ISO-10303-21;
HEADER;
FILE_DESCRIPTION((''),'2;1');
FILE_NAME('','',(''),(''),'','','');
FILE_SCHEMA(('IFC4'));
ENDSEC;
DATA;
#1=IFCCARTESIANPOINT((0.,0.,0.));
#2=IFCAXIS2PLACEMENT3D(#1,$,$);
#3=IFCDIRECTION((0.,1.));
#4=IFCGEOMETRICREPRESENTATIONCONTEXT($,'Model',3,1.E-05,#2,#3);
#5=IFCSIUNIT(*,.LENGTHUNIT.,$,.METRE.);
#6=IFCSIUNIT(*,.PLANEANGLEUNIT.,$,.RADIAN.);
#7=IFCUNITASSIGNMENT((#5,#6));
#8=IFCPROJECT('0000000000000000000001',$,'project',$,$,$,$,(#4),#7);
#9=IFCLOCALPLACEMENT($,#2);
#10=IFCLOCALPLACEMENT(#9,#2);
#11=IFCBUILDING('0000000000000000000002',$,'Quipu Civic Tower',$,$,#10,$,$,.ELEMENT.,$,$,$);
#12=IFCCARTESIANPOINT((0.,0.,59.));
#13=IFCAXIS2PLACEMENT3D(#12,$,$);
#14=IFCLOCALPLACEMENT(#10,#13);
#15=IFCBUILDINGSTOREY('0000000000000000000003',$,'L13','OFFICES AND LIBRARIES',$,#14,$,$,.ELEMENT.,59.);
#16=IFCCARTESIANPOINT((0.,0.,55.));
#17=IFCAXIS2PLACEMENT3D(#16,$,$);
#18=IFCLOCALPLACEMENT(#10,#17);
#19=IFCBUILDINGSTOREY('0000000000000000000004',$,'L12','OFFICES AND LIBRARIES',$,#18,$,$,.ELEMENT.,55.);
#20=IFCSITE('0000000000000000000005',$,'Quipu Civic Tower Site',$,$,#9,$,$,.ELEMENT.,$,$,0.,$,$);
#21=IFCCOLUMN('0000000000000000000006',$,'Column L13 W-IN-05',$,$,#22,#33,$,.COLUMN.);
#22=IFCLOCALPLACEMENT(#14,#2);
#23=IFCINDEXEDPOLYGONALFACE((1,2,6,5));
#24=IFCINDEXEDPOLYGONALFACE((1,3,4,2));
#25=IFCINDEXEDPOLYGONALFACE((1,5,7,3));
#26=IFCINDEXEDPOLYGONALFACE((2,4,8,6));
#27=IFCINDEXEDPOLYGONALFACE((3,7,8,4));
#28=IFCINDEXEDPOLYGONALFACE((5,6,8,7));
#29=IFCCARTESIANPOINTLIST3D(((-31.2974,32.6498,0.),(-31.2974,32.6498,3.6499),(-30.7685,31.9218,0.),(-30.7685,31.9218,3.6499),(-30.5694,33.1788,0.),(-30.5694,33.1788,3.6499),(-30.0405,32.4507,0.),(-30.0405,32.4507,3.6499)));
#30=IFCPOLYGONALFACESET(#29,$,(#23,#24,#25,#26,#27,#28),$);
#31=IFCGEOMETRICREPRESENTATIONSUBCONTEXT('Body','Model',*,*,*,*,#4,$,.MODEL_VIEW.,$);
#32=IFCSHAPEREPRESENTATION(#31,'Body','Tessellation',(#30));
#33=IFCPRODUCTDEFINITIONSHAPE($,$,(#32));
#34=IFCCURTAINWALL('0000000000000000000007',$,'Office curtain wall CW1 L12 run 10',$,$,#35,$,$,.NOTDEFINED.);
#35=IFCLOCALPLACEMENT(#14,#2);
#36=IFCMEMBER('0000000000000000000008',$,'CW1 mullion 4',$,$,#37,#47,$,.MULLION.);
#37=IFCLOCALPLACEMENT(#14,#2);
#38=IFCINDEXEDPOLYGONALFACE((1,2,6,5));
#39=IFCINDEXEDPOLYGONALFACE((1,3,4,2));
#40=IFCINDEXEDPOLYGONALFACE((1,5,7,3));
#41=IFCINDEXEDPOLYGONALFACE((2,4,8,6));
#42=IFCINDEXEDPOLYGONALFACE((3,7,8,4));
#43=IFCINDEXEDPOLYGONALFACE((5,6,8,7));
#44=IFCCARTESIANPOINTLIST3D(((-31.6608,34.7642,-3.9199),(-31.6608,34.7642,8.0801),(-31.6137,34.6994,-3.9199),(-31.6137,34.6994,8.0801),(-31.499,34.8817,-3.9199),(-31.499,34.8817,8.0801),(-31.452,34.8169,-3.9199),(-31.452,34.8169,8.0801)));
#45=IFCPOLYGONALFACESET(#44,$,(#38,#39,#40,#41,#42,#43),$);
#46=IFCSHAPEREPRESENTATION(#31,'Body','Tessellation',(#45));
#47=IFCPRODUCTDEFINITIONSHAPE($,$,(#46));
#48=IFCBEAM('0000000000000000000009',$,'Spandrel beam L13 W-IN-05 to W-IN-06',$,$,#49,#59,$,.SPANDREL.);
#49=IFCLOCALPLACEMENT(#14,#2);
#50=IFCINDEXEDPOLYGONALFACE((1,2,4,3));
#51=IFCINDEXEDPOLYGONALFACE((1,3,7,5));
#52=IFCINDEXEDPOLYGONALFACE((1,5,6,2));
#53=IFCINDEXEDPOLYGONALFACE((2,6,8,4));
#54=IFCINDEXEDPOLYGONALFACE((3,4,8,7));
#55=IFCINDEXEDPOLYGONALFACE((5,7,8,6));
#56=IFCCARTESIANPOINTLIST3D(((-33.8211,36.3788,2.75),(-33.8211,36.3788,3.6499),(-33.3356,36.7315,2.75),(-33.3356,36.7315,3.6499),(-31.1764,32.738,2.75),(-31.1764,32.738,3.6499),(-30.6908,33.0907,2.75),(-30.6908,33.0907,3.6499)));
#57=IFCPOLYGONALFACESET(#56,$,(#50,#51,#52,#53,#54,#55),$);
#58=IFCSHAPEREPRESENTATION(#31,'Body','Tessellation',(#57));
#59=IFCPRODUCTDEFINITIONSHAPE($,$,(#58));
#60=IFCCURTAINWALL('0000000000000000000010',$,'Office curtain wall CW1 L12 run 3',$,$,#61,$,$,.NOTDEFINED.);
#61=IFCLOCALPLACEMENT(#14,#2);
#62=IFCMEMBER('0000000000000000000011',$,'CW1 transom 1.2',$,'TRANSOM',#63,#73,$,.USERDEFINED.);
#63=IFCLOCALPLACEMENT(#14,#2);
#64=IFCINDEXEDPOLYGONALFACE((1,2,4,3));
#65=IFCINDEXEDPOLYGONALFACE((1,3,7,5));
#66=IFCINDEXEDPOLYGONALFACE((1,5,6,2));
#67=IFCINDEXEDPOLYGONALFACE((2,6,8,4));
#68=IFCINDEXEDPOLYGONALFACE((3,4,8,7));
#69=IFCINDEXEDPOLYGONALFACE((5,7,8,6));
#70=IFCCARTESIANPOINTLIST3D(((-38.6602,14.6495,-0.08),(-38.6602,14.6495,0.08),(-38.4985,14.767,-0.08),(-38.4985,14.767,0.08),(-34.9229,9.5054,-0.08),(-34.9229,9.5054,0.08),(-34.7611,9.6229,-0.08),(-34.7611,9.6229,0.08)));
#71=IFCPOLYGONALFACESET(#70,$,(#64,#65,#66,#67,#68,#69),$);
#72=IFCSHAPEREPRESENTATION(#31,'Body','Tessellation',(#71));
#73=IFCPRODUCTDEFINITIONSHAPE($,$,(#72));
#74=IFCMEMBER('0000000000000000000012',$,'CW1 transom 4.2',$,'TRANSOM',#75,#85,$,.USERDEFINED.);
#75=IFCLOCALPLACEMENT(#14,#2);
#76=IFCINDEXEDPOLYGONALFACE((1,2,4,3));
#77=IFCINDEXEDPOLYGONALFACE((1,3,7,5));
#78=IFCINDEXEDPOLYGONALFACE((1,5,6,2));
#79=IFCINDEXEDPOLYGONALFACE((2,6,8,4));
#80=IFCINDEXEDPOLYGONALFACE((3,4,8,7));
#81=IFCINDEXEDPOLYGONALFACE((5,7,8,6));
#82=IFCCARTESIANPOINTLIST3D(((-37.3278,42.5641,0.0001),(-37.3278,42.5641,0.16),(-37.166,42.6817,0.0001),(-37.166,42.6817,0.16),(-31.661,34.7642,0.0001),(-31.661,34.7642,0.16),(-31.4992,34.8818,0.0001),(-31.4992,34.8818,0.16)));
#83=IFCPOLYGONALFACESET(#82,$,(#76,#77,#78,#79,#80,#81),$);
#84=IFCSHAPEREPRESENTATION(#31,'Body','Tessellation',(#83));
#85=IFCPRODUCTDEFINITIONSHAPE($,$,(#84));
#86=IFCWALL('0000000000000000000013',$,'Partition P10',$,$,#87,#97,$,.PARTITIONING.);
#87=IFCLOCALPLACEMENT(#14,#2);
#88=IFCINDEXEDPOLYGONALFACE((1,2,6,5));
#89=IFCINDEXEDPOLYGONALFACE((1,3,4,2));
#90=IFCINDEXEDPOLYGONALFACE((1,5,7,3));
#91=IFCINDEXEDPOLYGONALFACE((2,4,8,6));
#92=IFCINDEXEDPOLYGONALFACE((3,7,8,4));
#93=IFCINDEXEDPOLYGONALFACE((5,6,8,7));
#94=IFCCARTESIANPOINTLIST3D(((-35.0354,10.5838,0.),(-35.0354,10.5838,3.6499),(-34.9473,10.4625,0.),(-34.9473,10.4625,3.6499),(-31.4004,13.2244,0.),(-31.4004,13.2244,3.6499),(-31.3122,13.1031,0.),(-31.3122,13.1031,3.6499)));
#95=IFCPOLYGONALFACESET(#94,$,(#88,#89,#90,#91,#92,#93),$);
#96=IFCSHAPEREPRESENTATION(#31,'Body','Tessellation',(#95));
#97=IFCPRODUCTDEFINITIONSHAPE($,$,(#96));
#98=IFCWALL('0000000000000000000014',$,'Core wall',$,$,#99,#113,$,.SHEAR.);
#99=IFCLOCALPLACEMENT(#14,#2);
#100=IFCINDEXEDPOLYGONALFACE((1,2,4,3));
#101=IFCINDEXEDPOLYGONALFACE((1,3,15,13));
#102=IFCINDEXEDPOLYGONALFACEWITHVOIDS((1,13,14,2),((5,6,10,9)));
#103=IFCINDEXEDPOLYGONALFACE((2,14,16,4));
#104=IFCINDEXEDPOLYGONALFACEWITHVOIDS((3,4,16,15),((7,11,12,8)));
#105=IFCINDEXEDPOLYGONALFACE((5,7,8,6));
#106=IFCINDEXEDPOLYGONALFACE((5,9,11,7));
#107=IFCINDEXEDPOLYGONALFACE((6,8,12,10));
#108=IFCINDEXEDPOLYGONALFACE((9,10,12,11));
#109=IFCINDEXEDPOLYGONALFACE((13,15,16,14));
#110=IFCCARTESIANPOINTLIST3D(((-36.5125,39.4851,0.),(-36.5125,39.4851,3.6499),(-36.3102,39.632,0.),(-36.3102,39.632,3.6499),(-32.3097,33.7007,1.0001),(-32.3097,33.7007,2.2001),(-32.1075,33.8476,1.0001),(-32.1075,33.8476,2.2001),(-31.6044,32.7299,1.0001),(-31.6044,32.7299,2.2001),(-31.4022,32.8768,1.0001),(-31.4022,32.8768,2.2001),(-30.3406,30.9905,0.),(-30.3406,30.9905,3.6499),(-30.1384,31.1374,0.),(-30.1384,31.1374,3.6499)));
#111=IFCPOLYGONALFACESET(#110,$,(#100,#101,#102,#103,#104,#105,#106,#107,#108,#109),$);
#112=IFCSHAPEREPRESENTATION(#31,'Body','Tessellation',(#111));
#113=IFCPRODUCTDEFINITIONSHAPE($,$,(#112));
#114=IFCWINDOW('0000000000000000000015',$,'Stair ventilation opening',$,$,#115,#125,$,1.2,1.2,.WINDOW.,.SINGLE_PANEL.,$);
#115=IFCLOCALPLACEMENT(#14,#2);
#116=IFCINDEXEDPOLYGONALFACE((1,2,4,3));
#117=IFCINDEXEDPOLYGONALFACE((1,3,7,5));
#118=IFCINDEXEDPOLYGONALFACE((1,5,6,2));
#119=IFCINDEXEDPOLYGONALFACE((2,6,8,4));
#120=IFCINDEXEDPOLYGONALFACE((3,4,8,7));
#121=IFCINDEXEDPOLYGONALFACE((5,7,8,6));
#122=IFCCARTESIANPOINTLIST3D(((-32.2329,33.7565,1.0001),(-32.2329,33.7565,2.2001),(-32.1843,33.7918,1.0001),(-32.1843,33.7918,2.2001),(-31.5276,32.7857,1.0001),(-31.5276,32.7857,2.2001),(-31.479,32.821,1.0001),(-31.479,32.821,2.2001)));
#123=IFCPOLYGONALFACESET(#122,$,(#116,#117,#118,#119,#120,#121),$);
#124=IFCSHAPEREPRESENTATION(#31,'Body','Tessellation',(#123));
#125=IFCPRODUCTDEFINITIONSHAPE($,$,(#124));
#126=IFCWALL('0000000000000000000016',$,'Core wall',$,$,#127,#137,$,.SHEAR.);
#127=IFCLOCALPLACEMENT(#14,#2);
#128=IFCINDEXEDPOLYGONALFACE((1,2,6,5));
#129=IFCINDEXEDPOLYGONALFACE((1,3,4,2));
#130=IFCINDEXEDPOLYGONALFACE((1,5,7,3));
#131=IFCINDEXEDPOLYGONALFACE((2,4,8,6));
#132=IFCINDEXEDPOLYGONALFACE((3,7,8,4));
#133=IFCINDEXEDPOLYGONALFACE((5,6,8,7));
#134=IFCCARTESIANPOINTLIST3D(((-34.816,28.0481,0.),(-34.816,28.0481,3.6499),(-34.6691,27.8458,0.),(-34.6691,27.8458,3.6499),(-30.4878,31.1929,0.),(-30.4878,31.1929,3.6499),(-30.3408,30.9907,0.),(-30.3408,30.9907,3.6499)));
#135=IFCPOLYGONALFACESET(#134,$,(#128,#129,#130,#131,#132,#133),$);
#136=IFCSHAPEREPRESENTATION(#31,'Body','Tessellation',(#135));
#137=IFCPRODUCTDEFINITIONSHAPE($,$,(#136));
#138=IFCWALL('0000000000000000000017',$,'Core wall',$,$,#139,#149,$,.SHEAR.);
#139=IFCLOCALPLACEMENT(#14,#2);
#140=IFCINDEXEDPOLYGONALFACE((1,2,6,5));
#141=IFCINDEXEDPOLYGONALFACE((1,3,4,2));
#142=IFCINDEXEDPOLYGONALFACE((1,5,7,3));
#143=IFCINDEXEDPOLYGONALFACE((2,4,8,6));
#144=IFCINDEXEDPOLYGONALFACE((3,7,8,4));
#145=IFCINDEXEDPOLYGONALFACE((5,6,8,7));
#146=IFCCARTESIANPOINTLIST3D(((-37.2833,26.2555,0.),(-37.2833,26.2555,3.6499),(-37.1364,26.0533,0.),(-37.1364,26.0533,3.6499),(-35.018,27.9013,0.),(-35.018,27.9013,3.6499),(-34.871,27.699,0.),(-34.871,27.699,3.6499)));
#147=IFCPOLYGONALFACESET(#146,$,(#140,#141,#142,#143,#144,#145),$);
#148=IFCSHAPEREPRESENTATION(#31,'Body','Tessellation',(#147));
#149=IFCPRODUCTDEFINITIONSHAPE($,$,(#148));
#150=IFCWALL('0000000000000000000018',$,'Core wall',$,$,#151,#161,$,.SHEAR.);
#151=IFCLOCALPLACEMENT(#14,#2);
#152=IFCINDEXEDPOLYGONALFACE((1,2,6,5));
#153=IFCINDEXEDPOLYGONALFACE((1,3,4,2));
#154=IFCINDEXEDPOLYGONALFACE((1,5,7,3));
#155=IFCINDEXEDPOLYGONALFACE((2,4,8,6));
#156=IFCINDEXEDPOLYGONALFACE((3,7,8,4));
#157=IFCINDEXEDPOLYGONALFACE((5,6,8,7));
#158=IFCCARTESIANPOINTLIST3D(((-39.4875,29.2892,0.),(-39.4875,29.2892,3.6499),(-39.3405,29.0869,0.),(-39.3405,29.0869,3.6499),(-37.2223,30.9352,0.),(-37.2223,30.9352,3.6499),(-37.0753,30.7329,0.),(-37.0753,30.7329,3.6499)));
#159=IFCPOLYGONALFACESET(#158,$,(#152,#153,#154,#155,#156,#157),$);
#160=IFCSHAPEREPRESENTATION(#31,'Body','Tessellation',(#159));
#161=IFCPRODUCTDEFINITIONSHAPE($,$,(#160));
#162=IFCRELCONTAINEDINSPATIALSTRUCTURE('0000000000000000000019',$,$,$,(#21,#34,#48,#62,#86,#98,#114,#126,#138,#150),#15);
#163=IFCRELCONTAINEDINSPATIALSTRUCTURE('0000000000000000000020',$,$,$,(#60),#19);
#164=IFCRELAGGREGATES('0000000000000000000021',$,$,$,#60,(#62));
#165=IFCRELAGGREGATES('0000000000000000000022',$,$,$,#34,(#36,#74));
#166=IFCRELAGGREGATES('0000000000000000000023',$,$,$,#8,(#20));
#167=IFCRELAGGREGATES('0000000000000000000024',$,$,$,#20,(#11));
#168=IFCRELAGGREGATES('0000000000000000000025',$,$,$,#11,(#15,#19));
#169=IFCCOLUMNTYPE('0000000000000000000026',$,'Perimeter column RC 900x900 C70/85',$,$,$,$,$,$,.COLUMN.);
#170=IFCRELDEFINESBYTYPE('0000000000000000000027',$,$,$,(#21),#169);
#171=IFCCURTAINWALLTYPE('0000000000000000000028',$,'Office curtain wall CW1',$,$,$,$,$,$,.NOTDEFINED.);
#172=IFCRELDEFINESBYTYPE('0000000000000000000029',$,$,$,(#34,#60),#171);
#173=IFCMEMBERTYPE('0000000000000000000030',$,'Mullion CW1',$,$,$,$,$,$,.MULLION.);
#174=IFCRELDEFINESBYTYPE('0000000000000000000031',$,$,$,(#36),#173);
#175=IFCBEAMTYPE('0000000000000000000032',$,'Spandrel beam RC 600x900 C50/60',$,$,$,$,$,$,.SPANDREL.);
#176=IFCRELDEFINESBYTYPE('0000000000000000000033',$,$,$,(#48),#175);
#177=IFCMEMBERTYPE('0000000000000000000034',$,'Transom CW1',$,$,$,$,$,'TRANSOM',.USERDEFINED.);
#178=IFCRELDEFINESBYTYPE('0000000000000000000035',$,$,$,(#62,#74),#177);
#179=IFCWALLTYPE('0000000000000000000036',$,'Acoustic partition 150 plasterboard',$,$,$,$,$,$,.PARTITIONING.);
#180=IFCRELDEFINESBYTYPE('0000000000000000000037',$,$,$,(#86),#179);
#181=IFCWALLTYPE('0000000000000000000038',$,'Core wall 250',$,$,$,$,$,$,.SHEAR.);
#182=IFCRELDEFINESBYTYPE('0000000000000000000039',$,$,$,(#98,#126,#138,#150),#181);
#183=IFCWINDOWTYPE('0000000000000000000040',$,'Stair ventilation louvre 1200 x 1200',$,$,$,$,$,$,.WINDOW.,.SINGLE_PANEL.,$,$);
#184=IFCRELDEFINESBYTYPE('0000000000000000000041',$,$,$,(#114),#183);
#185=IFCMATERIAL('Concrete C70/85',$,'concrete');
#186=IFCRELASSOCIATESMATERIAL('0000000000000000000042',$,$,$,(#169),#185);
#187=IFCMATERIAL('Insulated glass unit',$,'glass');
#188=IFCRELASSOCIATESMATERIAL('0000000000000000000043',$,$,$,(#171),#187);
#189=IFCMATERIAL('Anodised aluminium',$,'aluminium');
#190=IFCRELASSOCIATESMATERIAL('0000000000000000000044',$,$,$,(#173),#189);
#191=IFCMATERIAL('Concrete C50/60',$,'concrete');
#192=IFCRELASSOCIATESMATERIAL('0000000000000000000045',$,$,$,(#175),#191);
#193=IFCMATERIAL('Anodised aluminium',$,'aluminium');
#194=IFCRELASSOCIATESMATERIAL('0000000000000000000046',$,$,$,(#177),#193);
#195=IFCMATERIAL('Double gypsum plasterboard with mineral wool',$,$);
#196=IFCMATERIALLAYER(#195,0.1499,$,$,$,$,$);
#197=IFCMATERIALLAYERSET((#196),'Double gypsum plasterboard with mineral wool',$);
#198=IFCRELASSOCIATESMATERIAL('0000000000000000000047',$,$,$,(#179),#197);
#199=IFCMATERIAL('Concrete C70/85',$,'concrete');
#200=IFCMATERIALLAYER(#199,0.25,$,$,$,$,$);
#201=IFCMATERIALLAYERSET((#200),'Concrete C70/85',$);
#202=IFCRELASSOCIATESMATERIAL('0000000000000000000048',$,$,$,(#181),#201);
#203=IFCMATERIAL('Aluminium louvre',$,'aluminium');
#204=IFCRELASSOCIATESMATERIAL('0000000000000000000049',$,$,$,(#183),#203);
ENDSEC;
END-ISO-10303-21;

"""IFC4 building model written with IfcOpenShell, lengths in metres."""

from ifc_helpers import new_model, si_unit, direction, frame, frame_2d, origin, origin_2d, place, context, subcontext, project, spatial, rectangle, extrude, material, layer, layer_set, material_profile, profile_set, type_object, element, fill, aggregate, save


model = new_model("IFC4")

# Units and contexts
model_context = context("Model", 3, precision=1e-05, world=origin(), true_north=direction((0.0, 1.0)))
body_context = subcontext(model_context, "Body", "Model", "MODEL_VIEW")
ifc_project = project(units=[si_unit("LENGTHUNIT", "METRE"), si_unit("PLANEANGLEUNIT", "RADIAN")], contexts=[model_context])

# Site, building, storey
site_placement = place(None, origin())
site = spatial("IfcSite", under=ifc_project, at=site_placement, Name="Quipu Civic Tower Site", CompositionType="ELEMENT", RefElevation=0.0)
building_placement = place(site_placement, origin())
building = spatial("IfcBuilding", under=site, at=building_placement, Name="Quipu Civic Tower", CompositionType="ELEMENT")
storey_1_placement = place(building_placement, frame((0.0, 0.0, 59.0)))
storey_1 = spatial("IfcBuildingStorey", under=building, at=storey_1_placement, Name="L13", Description="OFFICES AND LIBRARIES", CompositionType="ELEMENT", Elevation=59.0)

# Column
ifc_material_1 = material(Name="Concrete C70/85", Category="concrete")
ifc_material_profile_1 = material_profile(ifc_material_1, rectangle(XDim=0.8999, YDim=0.8999, at=origin_2d()), Name="RC900x900")
ifc_profile_set_1 = profile_set([ifc_material_profile_1], Name="Concrete C70/85")
column_type = type_object("IfcColumnType", Name="Perimeter column RC 900x900 C70/85", PredefinedType="COLUMN", material=ifc_profile_set_1)
column_placement = place(storey_1_placement, frame((-30.6689, 32.5503, 0.0), z_axis=(0.0, 0.0, 1.0), x_axis=(-0.587785, 0.809017, 0.0)))
element("IfcColumn", 1, at=column_placement, inside=storey_1, type_object=column_type, Name="Column L13 W-IN-05", PredefinedType="COLUMN", context=body_context, shape_type="SweptSolid", body=[
    extrude(rectangle(XDim=0.8999, YDim=0.8999, at=origin_2d()), origin(), (0.0, 0.0, 1.0), 3.6499),
])

# Curtain wall, member
ifc_material_2 = material(Name="Insulated glass unit", Category="glass")
curtain_wall_type = type_object("IfcCurtainWallType", Name="Office curtain wall CW1", PredefinedType="NOTDEFINED", material=ifc_material_2)
curtain_wall_1_placement = place(storey_1_placement, origin())
curtain_wall_1 = element("IfcCurtainWall", 2, at=curtain_wall_1_placement, inside=storey_1, type_object=curtain_wall_type, Name="Office curtain wall CW1 L12 run 10", PredefinedType="NOTDEFINED")
ifc_material_3 = material(Name="Anodised aluminium", Category="aluminium")
ifc_material_profile_2 = material_profile(ifc_material_3, rectangle(XDim=0.2, YDim=0.0801, at=origin_2d()), Name="RECT 200x80")
ifc_profile_set_2 = profile_set([ifc_material_profile_2], Name="Anodised aluminium")
member_type_1 = type_object("IfcMemberType", Name="Mullion CW1", PredefinedType="MULLION", material=ifc_profile_set_2)
member_1_placement = place(storey_1_placement, frame((-31.5564, 34.7905, -3.9199), z_axis=(0.0, 0.0, 1.0), x_axis=(-0.809017, -0.587786, 0.0)))
member_1 = element("IfcMember", 3, at=member_1_placement, type_object=member_type_1, Name="CW1 mullion 4", PredefinedType="MULLION", context=body_context, shape_type="SweptSolid", body=[
    extrude(rectangle(XDim=0.2, YDim=0.0801, at=origin_2d()), origin(), (0.0, 0.0, 1.0), 12.0),
])

# Beam
ifc_material_4 = material(Name="Concrete C50/60", Category="concrete")
ifc_material_profile_3 = material_profile(ifc_material_4, rectangle(XDim=0.6001, YDim=0.8999, at=origin_2d()), Name="RC600x900")
ifc_profile_set_3 = profile_set([ifc_material_profile_3], Name="Concrete C50/60")
beam_type = type_object("IfcBeamType", Name="Spandrel beam RC 600x900 C50/60", PredefinedType="SPANDREL", material=ifc_profile_set_3)
beam_placement = place(storey_1_placement, frame((-30.9336, 32.9143, 3.2), z_axis=(-0.587717, 0.809067, 0.0), x_axis=(-0.809067, -0.587717, 0.0)))
element("IfcBeam", 4, at=beam_placement, inside=storey_1, type_object=beam_type, Name="Spandrel beam L13 W-IN-05 to W-IN-06", PredefinedType="SPANDREL", context=body_context, shape_type="SweptSolid", body=[
    extrude(rectangle(XDim=0.6001, YDim=0.8999, at=origin_2d()), origin(), (0.0, 0.0, 1.0), 4.5),
])

# Shared definitions
storey_2_placement = place(building_placement, frame((0.0, 0.0, 55.0)))
storey_2 = spatial("IfcBuildingStorey", under=building, at=storey_2_placement, Name="L12", Description="OFFICES AND LIBRARIES", CompositionType="ELEMENT", Elevation=55.0)

# Curtain wall, member
curtain_wall_2_placement = place(storey_2_placement, origin())
curtain_wall_2 = element("IfcCurtainWall", 5, at=curtain_wall_2_placement, inside=storey_2, type_object=curtain_wall_type, Name="Office curtain wall CW1 L12 run 3", PredefinedType="NOTDEFINED")
ifc_material_5 = material(Name="Anodised aluminium", Category="aluminium")
ifc_material_profile_4 = material_profile(ifc_material_5, rectangle(XDim=0.2, YDim=0.1599, at=origin_2d()), Name="RECT 200x160")
ifc_profile_set_4 = profile_set([ifc_material_profile_4], Name="Anodised aluminium")
member_type_2 = type_object("IfcMemberType", Name="Transom CW1", ElementType="TRANSOM", PredefinedType="USERDEFINED", material=ifc_profile_set_4)
member_2_placement = place(storey_1_placement, frame((-38.5793, 14.7083, 0.0), z_axis=(0.587779, -0.809022, 0.0), x_axis=(0.809022, 0.587779, 0.0)))
member_2 = element("IfcMember", 6, at=member_2_placement, inside=storey_1, type_object=member_type_2, Name="CW1 transom 1.2", ObjectType="TRANSOM", PredefinedType="USERDEFINED", context=body_context, shape_type="SweptSolid", body=[
    extrude(rectangle(XDim=0.2, YDim=0.1599, at=origin_2d()), origin(), (0.0, 0.0, 1.0), 6.3584),
])
aggregate(curtain_wall_2, [member_2])

# Member
member_3_placement = place(storey_1_placement, frame((-31.5801, 34.823, 0.0801), z_axis=(-0.587776, 0.809024, 0.0), x_axis=(-0.809024, -0.587776, 0.0)))
member_3 = element("IfcMember", 7, at=member_3_placement, type_object=member_type_2, Name="CW1 transom 4.2", ObjectType="TRANSOM", PredefinedType="USERDEFINED", context=body_context, shape_type="SweptSolid", body=[
    extrude(rectangle(XDim=0.2, YDim=0.1599, at=origin_2d()), origin(), (0.0, 0.0, 1.0), 9.6411),
])
aggregate(curtain_wall_1, [member_1, member_3])

# Wall
ifc_material_6 = material(Name="Double gypsum plasterboard with mineral wool")
ifc_layer_1 = layer(ifc_material_6, 0.1499)
ifc_layer_set_1 = layer_set([ifc_layer_1], Name="Double gypsum plasterboard with mineral wool")
wall_type_1 = type_object("IfcWallType", Name="Acoustic partition 150 plasterboard", PredefinedType="PARTITIONING", material=ifc_layer_set_1)
wall_1_placement = place(storey_1_placement, frame((-31.3562, 13.1638, 0.0), z_axis=(0.0, 0.0, 1.0), x_axis=(-0.809056, -0.587732, 0.0)))
element("IfcWall", 8, at=wall_1_placement, inside=storey_1, type_object=wall_type_1, Name="Partition P10", PredefinedType="PARTITIONING", context=body_context, shape_type="SweptSolid", body=[
    extrude(rectangle(XDim=4.4929, YDim=0.1499, at=frame_2d((2.2466, 0.0))), origin(), (0.0, 0.0, 1.0), 3.6499),
])

# Wall, opening, window
ifc_material_7 = material(Name="Concrete C70/85", Category="concrete")
ifc_layer_2 = layer(ifc_material_7, 0.25)
ifc_layer_set_2 = layer_set([ifc_layer_2], Name="Concrete C70/85")
wall_type_2 = type_object("IfcWallType", Name="Core wall 250", PredefinedType="SHEAR", material=ifc_layer_set_2)
wall_2_placement = place(storey_1_placement, frame((-30.2395, 31.064, 0.0), z_axis=(0.0, 0.0, 1.0), x_axis=(-0.587796, 0.809009, 0.0)))
wall_2 = element("IfcWall", 9, at=wall_2_placement, inside=storey_1, type_object=wall_type_2, Name="Core wall", PredefinedType="SHEAR", context=body_context, shape_type="SweptSolid", body=[
    extrude(rectangle(XDim=10.5, YDim=0.25, at=frame_2d((5.25, 0.0))), origin(), (0.0, 0.0, 1.0), 3.6499),
])
opening_1_placement = place(wall_2_placement, frame((2.1499, 0.0, 1.0)))
opening_1 = element("IfcOpeningElement", 10, at=opening_1_placement, cuts=wall_2, PredefinedType="OPENING", context=body_context, shape_type="SweptSolid", body=[
    extrude(rectangle(XDim=1.2, YDim=1.2, at=frame_2d((0.6001, 0.6001))), frame((0.0, 0.135, 0.0), z_axis=(0.0, -1.0, 0.0), x_axis=(1.0, 0.0, 0.0)), (0.0, 0.0, 1.0), 0.27),
])
ifc_material_8 = material(Name="Aluminium louvre", Category="aluminium")
window_type = type_object("IfcWindowType", Name="Stair ventilation louvre 1200 x 1200", PartitioningType="SINGLE_PANEL", PredefinedType="WINDOW", material=ifc_material_8)
window_placement = place(opening_1_placement, origin())
window = element("IfcWindow", 11, at=window_placement, inside=storey_1, type_object=window_type, Name="Stair ventilation opening", OverallHeight=1.2, OverallWidth=1.2, PartitioningType="SINGLE_PANEL", PredefinedType="WINDOW", context=body_context, shape_type="SweptSolid", body=[
    extrude(rectangle(XDim=1.2, YDim=1.2, at=frame_2d((0.6001, 0.6001))), frame((0.0, 0.03, 0.0), z_axis=(0.0, -1.0, 0.0), x_axis=(1.0, 0.0, 0.0)), (0.0, 0.0, 1.0), 0.0601),
])
fill(opening_1, window)

# Walls
wall_3_placement = place(storey_1_placement, frame((-30.4143, 31.0918, 0.0), z_axis=(0.0, 0.0, 1.0), x_axis=(-0.808998, -0.587811, 0.0)))
element("IfcWall", 12, at=wall_3_placement, inside=storey_1, type_object=wall_type_2, Name="Core wall", PredefinedType="SHEAR", context=body_context, shape_type="SweptSolid", body=[
    extrude(rectangle(XDim=5.3501, YDim=0.25, at=frame_2d((2.675, 0.0))), origin(), (0.0, 0.0, 1.0), 3.6499),
])
for number, where, z_axis, x_axis, name in (
    (13, (-34.9446, 27.8, 0.0), (0.0, 0.0, 1.0), (-0.809041, -0.587752, 0.0), "Core wall"),
    (14, (-37.1489, 30.834, 0.0), (0.0, 0.0, 1.0), (-0.80897, -0.58785, 0.0), "Core wall"),
):
    element("IfcWall", number, at=place(storey_1_placement, frame(where, z_axis=z_axis, x_axis=x_axis)), inside=storey_1, type_object=wall_type_2, Name=name, PredefinedType="SHEAR", context=body_context, shape_type="SweptSolid", body=[
        extrude(rectangle(XDim=2.8, YDim=0.25, at=frame_2d((1.3999, 0.0))), origin(), (0.0, 0.0, 1.0), 3.6499),
    ])

save(model, "model.ifc")
